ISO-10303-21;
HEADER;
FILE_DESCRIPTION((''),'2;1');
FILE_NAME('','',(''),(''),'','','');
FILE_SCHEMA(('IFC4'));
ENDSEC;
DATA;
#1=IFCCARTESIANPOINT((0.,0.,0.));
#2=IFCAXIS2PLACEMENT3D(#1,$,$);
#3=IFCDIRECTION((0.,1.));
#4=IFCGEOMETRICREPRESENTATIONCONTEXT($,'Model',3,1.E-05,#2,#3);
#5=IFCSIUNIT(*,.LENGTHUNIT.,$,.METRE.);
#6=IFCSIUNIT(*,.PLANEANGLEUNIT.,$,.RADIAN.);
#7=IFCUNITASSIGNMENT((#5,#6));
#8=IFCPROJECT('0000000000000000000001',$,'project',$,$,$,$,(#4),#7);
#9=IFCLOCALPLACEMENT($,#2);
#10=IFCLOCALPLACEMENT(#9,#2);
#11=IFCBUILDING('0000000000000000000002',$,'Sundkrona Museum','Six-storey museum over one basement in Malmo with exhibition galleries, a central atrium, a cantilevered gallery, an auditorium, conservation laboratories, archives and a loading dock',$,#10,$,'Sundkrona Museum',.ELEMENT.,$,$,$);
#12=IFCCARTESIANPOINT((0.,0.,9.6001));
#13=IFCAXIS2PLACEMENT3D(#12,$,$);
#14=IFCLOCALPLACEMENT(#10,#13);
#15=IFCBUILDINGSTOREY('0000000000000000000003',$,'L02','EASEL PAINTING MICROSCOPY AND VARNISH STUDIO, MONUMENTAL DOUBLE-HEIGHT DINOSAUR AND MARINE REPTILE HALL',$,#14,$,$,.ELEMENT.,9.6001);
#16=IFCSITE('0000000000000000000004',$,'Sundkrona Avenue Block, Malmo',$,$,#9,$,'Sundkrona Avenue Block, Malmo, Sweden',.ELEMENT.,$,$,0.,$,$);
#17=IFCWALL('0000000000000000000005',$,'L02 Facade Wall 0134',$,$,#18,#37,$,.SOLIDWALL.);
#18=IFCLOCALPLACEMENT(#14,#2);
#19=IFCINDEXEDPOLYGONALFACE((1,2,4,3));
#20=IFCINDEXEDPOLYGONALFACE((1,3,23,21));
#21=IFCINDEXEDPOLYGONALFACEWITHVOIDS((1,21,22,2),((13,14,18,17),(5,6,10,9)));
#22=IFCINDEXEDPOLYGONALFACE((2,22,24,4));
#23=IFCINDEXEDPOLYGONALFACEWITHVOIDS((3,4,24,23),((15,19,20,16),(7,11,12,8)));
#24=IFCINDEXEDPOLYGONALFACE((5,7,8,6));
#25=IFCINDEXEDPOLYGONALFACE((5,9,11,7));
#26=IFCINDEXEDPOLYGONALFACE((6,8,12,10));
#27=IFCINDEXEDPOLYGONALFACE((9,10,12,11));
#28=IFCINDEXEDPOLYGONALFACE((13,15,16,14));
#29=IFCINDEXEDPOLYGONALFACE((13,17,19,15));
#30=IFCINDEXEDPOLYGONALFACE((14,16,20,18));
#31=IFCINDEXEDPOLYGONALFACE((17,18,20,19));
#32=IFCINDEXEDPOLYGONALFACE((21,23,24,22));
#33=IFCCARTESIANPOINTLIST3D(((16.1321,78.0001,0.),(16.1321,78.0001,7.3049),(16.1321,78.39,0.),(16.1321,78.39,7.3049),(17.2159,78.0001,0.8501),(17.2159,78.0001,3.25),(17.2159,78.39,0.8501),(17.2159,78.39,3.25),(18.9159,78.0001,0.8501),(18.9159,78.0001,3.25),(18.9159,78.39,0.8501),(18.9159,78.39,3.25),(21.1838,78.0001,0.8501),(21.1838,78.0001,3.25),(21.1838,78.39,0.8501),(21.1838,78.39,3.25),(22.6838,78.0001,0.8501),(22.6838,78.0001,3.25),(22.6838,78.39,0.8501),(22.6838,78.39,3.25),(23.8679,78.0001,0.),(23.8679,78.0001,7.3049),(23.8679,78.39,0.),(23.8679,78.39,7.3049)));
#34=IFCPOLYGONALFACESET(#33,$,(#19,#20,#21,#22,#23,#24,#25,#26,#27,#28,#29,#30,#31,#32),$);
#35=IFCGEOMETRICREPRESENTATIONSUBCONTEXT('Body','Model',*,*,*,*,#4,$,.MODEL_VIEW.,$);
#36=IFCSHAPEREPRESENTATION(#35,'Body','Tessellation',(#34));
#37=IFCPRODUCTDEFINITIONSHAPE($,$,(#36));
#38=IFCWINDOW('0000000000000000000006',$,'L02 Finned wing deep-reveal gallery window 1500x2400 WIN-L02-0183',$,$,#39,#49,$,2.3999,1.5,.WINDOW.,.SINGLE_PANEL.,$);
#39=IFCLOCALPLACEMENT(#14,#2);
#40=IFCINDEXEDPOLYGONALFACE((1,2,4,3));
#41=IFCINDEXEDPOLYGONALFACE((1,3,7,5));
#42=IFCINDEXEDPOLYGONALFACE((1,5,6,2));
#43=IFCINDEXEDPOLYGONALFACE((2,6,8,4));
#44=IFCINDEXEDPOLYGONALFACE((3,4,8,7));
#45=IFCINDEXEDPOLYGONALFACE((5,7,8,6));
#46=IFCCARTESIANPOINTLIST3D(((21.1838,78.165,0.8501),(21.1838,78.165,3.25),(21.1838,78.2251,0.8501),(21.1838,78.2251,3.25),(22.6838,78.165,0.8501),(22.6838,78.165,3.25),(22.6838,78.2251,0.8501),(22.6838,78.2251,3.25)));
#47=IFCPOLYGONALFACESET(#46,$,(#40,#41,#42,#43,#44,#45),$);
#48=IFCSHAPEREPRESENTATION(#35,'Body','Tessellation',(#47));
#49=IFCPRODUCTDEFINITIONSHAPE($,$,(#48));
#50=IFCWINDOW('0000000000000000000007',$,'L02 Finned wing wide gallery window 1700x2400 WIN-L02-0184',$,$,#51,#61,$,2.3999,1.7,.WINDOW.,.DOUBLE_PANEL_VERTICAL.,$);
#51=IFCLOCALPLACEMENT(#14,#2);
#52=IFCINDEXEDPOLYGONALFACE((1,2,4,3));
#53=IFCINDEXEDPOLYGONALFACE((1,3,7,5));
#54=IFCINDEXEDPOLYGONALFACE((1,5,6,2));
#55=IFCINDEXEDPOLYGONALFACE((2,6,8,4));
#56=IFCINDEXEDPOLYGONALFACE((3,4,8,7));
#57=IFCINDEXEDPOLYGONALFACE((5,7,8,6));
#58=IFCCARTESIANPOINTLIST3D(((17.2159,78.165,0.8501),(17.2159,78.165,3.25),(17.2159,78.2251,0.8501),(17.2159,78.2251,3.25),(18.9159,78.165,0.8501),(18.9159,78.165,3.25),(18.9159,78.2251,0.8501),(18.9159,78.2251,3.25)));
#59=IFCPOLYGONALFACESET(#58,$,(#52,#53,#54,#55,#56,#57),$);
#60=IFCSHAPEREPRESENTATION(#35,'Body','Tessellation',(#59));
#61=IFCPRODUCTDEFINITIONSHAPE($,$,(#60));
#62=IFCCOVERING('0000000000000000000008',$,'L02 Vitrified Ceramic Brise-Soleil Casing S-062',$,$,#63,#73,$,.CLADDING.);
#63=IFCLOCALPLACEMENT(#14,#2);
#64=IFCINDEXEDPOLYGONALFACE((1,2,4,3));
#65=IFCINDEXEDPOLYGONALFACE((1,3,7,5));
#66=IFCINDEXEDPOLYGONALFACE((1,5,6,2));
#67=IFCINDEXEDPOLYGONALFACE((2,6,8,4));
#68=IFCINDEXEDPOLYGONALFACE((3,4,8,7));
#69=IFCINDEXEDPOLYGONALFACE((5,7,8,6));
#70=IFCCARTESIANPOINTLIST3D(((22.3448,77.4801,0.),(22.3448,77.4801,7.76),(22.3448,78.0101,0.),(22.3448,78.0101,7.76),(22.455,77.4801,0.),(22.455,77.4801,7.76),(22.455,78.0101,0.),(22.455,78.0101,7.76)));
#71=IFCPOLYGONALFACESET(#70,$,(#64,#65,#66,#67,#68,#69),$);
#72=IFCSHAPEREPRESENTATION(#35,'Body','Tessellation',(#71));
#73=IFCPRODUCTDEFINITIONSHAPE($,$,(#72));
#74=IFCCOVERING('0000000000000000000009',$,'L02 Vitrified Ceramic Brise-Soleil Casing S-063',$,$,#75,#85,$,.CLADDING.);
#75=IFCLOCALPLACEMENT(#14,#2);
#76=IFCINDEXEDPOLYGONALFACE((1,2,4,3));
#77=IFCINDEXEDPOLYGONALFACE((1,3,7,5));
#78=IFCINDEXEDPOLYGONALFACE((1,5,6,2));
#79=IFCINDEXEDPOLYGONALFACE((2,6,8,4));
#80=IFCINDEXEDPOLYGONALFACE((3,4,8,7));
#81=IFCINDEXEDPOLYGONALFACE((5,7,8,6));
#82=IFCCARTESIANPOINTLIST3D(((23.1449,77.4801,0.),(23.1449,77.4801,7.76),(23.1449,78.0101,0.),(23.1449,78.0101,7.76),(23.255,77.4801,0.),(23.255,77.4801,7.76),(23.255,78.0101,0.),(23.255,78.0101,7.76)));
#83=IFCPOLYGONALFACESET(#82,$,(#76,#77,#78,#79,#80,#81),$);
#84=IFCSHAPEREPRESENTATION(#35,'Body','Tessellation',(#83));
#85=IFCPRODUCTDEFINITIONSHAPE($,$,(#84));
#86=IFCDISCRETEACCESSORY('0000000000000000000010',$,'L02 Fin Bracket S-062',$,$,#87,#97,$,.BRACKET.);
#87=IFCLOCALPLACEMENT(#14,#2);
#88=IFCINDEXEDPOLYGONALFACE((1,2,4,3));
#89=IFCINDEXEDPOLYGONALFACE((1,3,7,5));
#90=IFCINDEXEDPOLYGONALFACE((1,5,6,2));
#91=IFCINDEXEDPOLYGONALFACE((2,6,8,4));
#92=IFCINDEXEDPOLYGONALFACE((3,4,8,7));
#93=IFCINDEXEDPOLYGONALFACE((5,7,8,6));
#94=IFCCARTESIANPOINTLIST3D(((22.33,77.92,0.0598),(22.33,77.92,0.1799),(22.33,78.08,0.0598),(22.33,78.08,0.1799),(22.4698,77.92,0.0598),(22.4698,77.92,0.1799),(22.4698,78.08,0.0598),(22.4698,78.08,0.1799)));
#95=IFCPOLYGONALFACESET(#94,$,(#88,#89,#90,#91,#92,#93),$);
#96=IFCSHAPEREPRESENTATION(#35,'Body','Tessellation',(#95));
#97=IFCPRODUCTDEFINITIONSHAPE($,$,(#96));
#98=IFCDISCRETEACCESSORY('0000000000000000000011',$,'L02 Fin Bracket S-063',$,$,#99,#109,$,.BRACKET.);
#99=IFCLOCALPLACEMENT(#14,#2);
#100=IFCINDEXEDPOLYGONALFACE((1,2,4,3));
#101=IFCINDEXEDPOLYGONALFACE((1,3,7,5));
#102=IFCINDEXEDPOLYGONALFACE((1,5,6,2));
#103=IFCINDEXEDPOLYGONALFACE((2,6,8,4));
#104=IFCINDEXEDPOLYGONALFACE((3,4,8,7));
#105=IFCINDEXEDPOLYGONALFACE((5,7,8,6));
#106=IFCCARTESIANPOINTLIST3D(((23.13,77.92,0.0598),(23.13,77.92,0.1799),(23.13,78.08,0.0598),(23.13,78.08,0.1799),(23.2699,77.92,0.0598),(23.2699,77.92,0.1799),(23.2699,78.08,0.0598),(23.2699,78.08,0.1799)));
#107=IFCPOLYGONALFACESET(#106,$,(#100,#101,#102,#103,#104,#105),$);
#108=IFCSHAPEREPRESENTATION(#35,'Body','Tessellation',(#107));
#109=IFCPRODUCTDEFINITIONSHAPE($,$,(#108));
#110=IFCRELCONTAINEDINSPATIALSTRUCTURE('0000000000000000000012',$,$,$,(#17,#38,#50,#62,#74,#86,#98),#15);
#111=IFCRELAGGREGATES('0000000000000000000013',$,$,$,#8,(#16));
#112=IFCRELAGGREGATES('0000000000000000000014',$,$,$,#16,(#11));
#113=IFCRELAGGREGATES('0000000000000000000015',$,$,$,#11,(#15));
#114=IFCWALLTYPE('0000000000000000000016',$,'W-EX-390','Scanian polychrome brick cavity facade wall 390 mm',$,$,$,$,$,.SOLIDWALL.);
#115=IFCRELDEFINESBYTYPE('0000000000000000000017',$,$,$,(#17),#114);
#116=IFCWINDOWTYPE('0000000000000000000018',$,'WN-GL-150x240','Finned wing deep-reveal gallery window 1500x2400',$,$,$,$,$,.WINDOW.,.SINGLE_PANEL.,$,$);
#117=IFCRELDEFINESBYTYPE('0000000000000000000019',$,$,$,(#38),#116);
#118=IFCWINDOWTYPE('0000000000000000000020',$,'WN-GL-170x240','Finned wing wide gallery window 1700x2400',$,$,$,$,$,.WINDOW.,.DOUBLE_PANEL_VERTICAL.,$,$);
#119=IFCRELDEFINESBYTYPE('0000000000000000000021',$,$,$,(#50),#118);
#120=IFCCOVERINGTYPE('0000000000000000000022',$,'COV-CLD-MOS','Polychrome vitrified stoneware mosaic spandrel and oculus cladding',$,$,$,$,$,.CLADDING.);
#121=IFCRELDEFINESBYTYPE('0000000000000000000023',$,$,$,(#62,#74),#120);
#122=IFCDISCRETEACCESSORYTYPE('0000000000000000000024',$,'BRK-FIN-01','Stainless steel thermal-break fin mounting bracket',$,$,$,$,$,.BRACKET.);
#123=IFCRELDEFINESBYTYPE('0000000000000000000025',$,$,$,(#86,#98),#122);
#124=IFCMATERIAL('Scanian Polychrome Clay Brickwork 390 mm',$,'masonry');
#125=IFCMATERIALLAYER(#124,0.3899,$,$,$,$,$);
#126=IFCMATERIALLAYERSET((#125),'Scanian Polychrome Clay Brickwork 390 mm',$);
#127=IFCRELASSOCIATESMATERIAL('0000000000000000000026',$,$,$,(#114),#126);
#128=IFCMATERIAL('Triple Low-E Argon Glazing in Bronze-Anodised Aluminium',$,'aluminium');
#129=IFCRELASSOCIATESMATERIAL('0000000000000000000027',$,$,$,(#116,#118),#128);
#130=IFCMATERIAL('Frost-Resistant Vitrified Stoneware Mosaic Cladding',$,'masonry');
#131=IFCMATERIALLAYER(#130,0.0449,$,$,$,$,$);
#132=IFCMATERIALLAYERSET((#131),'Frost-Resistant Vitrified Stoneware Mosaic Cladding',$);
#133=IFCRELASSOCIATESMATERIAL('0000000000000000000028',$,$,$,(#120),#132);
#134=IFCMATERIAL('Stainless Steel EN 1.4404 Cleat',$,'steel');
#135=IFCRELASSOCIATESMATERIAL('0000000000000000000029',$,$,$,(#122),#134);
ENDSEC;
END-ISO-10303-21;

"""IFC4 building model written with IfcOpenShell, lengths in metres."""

from ifc_helpers import new_model, si_unit, direction, frame, frame_2d, origin, origin_2d, place, context, subcontext, project, spatial, rectangle, extrude, material, layer, layer_set, type_object, element, fill, save


model = new_model("IFC4")

# Units and contexts
model_context = context("Model", 3, precision=1e-05, world=origin(), true_north=direction((0.0, 1.0)))
body_context = subcontext(model_context, "Body", "Model", "MODEL_VIEW")
ifc_project = project(units=[si_unit("LENGTHUNIT", "METRE"), si_unit("PLANEANGLEUNIT", "RADIAN")], contexts=[model_context])

# Site, building, storey
site_placement = place(None, origin())
site = spatial("IfcSite", under=ifc_project, at=site_placement, Name="Sundkrona Avenue Block, Malmo", LongName="Sundkrona Avenue Block, Malmo, Sweden", CompositionType="ELEMENT", RefElevation=0.0)
building_placement = place(site_placement, origin())
building = spatial("IfcBuilding", under=site, at=building_placement, Name="Sundkrona Museum", Description="Six-storey museum over one basement in Malmo with exhibition galleries, a central atrium, a cantilevered gallery, an auditorium, conservation laboratories, archives and a loading dock", LongName="Sundkrona Museum", CompositionType="ELEMENT")
storey_placement = place(building_placement, frame((0.0, 0.0, 9.6001)))
storey = spatial("IfcBuildingStorey", under=building, at=storey_placement, Name="L02", Description="EASEL PAINTING MICROSCOPY AND VARNISH STUDIO, MONUMENTAL DOUBLE-HEIGHT DINOSAUR AND MARINE REPTILE HALL", CompositionType="ELEMENT", Elevation=9.6001)

# Wall, openings, windows
ifc_material_1 = material(Name="Scanian Polychrome Clay Brickwork 390 mm", Category="masonry")
ifc_layer_1 = layer(ifc_material_1, 0.3899)
ifc_layer_set_1 = layer_set([ifc_layer_1], Name="Scanian Polychrome Clay Brickwork 390 mm")
wall_type = type_object("IfcWallType", Name="W-EX-390", Description="Scanian polychrome brick cavity facade wall 390 mm", PredefinedType="SOLIDWALL", material=ifc_layer_set_1)
wall_placement = place(storey_placement, frame((23.8679, 78.1951, 0.0), z_axis=(0.0, 0.0, 1.0), x_axis=(-1.0, 0.0, 0.0)))
wall = element("IfcWall", 1, at=wall_placement, inside=storey, type_object=wall_type, Name="L02 Facade Wall 0134", PredefinedType="SOLIDWALL", context=body_context, shape_type="SweptSolid", body=[
    extrude(rectangle(XDim=7.7358, YDim=0.3899, at=frame_2d((3.8679, 0.0))), origin(), (0.0, 0.0, 1.0), 7.3049),
])
opening_1_placement = place(wall_placement, frame((1.1841, 0.0, 0.8501)))
opening_1 = element("IfcOpeningElement", 2, at=opening_1_placement, cuts=wall, PredefinedType="OPENING", context=body_context, shape_type="SweptSolid", body=[
    extrude(rectangle(XDim=1.5, YDim=2.3999, at=frame_2d((0.75, 1.2))), frame((0.0, 0.2048, 0.0), z_axis=(0.0, -1.0, 0.0), x_axis=(1.0, 0.0, 0.0)), (0.0, 0.0, 1.0), 0.4099),
])
opening_2_placement = place(wall_placement, frame((4.9519, 0.0, 0.8501)))
opening_2 = element("IfcOpeningElement", 3, at=opening_2_placement, cuts=wall, PredefinedType="OPENING", context=body_context, shape_type="SweptSolid", body=[
    extrude(rectangle(XDim=1.7, YDim=2.3999, at=frame_2d((0.8501, 1.2))), frame((0.0, 0.2048, 0.0), z_axis=(0.0, -1.0, 0.0), x_axis=(1.0, 0.0, 0.0)), (0.0, 0.0, 1.0), 0.4099),
])
ifc_material_2 = material(Name="Triple Low-E Argon Glazing in Bronze-Anodised Aluminium", Category="aluminium")
window_type_1 = type_object("IfcWindowType", Name="WN-GL-150x240", Description="Finned wing deep-reveal gallery window 1500x2400", PartitioningType="SINGLE_PANEL", PredefinedType="WINDOW", material=ifc_material_2)
window_1_placement = place(opening_1_placement, origin())
window_1 = element("IfcWindow", 4, at=window_1_placement, inside=storey, type_object=window_type_1, Name="L02 Finned wing deep-reveal gallery window 1500x2400 WIN-L02-0183", OverallHeight=2.3999, OverallWidth=1.5, PartitioningType="SINGLE_PANEL", PredefinedType="WINDOW", context=body_context, shape_type="SweptSolid", body=[
    extrude(rectangle(XDim=1.5, YDim=2.3999, at=frame_2d((0.75, 1.2))), frame((0.0, 0.03, 0.0), z_axis=(0.0, -1.0, 0.0), x_axis=(1.0, 0.0, 0.0)), (0.0, 0.0, 1.0), 0.0601),
])
fill(opening_1, window_1)
window_type_2 = type_object("IfcWindowType", Name="WN-GL-170x240", Description="Finned wing wide gallery window 1700x2400", PartitioningType="DOUBLE_PANEL_VERTICAL", PredefinedType="WINDOW", material=ifc_material_2)
window_2_placement = place(opening_2_placement, origin())
window_2 = element("IfcWindow", 5, at=window_2_placement, inside=storey, type_object=window_type_2, Name="L02 Finned wing wide gallery window 1700x2400 WIN-L02-0184", OverallHeight=2.3999, OverallWidth=1.7, PartitioningType="DOUBLE_PANEL_VERTICAL", PredefinedType="WINDOW", context=body_context, shape_type="SweptSolid", body=[
    extrude(rectangle(XDim=1.7, YDim=2.3999, at=frame_2d((0.8501, 1.2))), frame((0.0, 0.03, 0.0), z_axis=(0.0, -1.0, 0.0), x_axis=(1.0, 0.0, 0.0)), (0.0, 0.0, 1.0), 0.0601),
])
fill(opening_2, window_2)

# Coverings
ifc_material_3 = material(Name="Frost-Resistant Vitrified Stoneware Mosaic Cladding", Category="masonry")
ifc_layer_2 = layer(ifc_material_3, 0.0449)
ifc_layer_set_2 = layer_set([ifc_layer_2], Name="Frost-Resistant Vitrified Stoneware Mosaic Cladding")
covering_type = type_object("IfcCoveringType", Name="COV-CLD-MOS", Description="Polychrome vitrified stoneware mosaic spandrel and oculus cladding", PredefinedType="CLADDING", material=ifc_layer_set_2)
for number, where, z_axis, x_axis, name in (
    (6, (22.3999, 77.7451, 0.0), (0.0, 0.0, 1.0), (1.0, 0.0, 0.0), "L02 Vitrified Ceramic Brise-Soleil Casing S-062"),
    (7, (23.2, 77.7451, 0.0), (0.0, 0.0, 1.0), (1.0, 0.0, 0.0), "L02 Vitrified Ceramic Brise-Soleil Casing S-063"),
):
    element("IfcCovering", number, at=place(storey_placement, frame(where, z_axis=z_axis, x_axis=x_axis)), inside=storey, type_object=covering_type, Name=name, PredefinedType="CLADDING", context=body_context, shape_type="SweptSolid", body=[
        extrude(rectangle(XDim=0.1101, YDim=0.53, at=origin_2d()), origin(), (0.0, 0.0, 1.0), 7.76),
    ])

# Discrete accessories
ifc_material_4 = material(Name="Stainless Steel EN 1.4404 Cleat", Category="steel")
discrete_accessory_type = type_object("IfcDiscreteAccessoryType", Name="BRK-FIN-01", Description="Stainless steel thermal-break fin mounting bracket", PredefinedType="BRACKET", material=ifc_material_4)
for number, where, z_axis, x_axis, name in (
    (8, (22.3999, 78.0, 0.0598), (0.0, 0.0, 1.0), (1.0, 0.0, 0.0), "L02 Fin Bracket S-062"),
    (9, (23.2, 78.0, 0.0598), (0.0, 0.0, 1.0), (1.0, 0.0, 0.0), "L02 Fin Bracket S-063"),
):
    element("IfcDiscreteAccessory", number, at=place(storey_placement, frame(where, z_axis=z_axis, x_axis=x_axis)), inside=storey, type_object=discrete_accessory_type, Name=name, PredefinedType="BRACKET", context=body_context, shape_type="SweptSolid", body=[
        extrude(rectangle(XDim=0.1399, YDim=0.1599, at=origin_2d()), origin(), (0.0, 0.0, 1.0), 0.1201),
    ])

save(model, "model.ifc")
